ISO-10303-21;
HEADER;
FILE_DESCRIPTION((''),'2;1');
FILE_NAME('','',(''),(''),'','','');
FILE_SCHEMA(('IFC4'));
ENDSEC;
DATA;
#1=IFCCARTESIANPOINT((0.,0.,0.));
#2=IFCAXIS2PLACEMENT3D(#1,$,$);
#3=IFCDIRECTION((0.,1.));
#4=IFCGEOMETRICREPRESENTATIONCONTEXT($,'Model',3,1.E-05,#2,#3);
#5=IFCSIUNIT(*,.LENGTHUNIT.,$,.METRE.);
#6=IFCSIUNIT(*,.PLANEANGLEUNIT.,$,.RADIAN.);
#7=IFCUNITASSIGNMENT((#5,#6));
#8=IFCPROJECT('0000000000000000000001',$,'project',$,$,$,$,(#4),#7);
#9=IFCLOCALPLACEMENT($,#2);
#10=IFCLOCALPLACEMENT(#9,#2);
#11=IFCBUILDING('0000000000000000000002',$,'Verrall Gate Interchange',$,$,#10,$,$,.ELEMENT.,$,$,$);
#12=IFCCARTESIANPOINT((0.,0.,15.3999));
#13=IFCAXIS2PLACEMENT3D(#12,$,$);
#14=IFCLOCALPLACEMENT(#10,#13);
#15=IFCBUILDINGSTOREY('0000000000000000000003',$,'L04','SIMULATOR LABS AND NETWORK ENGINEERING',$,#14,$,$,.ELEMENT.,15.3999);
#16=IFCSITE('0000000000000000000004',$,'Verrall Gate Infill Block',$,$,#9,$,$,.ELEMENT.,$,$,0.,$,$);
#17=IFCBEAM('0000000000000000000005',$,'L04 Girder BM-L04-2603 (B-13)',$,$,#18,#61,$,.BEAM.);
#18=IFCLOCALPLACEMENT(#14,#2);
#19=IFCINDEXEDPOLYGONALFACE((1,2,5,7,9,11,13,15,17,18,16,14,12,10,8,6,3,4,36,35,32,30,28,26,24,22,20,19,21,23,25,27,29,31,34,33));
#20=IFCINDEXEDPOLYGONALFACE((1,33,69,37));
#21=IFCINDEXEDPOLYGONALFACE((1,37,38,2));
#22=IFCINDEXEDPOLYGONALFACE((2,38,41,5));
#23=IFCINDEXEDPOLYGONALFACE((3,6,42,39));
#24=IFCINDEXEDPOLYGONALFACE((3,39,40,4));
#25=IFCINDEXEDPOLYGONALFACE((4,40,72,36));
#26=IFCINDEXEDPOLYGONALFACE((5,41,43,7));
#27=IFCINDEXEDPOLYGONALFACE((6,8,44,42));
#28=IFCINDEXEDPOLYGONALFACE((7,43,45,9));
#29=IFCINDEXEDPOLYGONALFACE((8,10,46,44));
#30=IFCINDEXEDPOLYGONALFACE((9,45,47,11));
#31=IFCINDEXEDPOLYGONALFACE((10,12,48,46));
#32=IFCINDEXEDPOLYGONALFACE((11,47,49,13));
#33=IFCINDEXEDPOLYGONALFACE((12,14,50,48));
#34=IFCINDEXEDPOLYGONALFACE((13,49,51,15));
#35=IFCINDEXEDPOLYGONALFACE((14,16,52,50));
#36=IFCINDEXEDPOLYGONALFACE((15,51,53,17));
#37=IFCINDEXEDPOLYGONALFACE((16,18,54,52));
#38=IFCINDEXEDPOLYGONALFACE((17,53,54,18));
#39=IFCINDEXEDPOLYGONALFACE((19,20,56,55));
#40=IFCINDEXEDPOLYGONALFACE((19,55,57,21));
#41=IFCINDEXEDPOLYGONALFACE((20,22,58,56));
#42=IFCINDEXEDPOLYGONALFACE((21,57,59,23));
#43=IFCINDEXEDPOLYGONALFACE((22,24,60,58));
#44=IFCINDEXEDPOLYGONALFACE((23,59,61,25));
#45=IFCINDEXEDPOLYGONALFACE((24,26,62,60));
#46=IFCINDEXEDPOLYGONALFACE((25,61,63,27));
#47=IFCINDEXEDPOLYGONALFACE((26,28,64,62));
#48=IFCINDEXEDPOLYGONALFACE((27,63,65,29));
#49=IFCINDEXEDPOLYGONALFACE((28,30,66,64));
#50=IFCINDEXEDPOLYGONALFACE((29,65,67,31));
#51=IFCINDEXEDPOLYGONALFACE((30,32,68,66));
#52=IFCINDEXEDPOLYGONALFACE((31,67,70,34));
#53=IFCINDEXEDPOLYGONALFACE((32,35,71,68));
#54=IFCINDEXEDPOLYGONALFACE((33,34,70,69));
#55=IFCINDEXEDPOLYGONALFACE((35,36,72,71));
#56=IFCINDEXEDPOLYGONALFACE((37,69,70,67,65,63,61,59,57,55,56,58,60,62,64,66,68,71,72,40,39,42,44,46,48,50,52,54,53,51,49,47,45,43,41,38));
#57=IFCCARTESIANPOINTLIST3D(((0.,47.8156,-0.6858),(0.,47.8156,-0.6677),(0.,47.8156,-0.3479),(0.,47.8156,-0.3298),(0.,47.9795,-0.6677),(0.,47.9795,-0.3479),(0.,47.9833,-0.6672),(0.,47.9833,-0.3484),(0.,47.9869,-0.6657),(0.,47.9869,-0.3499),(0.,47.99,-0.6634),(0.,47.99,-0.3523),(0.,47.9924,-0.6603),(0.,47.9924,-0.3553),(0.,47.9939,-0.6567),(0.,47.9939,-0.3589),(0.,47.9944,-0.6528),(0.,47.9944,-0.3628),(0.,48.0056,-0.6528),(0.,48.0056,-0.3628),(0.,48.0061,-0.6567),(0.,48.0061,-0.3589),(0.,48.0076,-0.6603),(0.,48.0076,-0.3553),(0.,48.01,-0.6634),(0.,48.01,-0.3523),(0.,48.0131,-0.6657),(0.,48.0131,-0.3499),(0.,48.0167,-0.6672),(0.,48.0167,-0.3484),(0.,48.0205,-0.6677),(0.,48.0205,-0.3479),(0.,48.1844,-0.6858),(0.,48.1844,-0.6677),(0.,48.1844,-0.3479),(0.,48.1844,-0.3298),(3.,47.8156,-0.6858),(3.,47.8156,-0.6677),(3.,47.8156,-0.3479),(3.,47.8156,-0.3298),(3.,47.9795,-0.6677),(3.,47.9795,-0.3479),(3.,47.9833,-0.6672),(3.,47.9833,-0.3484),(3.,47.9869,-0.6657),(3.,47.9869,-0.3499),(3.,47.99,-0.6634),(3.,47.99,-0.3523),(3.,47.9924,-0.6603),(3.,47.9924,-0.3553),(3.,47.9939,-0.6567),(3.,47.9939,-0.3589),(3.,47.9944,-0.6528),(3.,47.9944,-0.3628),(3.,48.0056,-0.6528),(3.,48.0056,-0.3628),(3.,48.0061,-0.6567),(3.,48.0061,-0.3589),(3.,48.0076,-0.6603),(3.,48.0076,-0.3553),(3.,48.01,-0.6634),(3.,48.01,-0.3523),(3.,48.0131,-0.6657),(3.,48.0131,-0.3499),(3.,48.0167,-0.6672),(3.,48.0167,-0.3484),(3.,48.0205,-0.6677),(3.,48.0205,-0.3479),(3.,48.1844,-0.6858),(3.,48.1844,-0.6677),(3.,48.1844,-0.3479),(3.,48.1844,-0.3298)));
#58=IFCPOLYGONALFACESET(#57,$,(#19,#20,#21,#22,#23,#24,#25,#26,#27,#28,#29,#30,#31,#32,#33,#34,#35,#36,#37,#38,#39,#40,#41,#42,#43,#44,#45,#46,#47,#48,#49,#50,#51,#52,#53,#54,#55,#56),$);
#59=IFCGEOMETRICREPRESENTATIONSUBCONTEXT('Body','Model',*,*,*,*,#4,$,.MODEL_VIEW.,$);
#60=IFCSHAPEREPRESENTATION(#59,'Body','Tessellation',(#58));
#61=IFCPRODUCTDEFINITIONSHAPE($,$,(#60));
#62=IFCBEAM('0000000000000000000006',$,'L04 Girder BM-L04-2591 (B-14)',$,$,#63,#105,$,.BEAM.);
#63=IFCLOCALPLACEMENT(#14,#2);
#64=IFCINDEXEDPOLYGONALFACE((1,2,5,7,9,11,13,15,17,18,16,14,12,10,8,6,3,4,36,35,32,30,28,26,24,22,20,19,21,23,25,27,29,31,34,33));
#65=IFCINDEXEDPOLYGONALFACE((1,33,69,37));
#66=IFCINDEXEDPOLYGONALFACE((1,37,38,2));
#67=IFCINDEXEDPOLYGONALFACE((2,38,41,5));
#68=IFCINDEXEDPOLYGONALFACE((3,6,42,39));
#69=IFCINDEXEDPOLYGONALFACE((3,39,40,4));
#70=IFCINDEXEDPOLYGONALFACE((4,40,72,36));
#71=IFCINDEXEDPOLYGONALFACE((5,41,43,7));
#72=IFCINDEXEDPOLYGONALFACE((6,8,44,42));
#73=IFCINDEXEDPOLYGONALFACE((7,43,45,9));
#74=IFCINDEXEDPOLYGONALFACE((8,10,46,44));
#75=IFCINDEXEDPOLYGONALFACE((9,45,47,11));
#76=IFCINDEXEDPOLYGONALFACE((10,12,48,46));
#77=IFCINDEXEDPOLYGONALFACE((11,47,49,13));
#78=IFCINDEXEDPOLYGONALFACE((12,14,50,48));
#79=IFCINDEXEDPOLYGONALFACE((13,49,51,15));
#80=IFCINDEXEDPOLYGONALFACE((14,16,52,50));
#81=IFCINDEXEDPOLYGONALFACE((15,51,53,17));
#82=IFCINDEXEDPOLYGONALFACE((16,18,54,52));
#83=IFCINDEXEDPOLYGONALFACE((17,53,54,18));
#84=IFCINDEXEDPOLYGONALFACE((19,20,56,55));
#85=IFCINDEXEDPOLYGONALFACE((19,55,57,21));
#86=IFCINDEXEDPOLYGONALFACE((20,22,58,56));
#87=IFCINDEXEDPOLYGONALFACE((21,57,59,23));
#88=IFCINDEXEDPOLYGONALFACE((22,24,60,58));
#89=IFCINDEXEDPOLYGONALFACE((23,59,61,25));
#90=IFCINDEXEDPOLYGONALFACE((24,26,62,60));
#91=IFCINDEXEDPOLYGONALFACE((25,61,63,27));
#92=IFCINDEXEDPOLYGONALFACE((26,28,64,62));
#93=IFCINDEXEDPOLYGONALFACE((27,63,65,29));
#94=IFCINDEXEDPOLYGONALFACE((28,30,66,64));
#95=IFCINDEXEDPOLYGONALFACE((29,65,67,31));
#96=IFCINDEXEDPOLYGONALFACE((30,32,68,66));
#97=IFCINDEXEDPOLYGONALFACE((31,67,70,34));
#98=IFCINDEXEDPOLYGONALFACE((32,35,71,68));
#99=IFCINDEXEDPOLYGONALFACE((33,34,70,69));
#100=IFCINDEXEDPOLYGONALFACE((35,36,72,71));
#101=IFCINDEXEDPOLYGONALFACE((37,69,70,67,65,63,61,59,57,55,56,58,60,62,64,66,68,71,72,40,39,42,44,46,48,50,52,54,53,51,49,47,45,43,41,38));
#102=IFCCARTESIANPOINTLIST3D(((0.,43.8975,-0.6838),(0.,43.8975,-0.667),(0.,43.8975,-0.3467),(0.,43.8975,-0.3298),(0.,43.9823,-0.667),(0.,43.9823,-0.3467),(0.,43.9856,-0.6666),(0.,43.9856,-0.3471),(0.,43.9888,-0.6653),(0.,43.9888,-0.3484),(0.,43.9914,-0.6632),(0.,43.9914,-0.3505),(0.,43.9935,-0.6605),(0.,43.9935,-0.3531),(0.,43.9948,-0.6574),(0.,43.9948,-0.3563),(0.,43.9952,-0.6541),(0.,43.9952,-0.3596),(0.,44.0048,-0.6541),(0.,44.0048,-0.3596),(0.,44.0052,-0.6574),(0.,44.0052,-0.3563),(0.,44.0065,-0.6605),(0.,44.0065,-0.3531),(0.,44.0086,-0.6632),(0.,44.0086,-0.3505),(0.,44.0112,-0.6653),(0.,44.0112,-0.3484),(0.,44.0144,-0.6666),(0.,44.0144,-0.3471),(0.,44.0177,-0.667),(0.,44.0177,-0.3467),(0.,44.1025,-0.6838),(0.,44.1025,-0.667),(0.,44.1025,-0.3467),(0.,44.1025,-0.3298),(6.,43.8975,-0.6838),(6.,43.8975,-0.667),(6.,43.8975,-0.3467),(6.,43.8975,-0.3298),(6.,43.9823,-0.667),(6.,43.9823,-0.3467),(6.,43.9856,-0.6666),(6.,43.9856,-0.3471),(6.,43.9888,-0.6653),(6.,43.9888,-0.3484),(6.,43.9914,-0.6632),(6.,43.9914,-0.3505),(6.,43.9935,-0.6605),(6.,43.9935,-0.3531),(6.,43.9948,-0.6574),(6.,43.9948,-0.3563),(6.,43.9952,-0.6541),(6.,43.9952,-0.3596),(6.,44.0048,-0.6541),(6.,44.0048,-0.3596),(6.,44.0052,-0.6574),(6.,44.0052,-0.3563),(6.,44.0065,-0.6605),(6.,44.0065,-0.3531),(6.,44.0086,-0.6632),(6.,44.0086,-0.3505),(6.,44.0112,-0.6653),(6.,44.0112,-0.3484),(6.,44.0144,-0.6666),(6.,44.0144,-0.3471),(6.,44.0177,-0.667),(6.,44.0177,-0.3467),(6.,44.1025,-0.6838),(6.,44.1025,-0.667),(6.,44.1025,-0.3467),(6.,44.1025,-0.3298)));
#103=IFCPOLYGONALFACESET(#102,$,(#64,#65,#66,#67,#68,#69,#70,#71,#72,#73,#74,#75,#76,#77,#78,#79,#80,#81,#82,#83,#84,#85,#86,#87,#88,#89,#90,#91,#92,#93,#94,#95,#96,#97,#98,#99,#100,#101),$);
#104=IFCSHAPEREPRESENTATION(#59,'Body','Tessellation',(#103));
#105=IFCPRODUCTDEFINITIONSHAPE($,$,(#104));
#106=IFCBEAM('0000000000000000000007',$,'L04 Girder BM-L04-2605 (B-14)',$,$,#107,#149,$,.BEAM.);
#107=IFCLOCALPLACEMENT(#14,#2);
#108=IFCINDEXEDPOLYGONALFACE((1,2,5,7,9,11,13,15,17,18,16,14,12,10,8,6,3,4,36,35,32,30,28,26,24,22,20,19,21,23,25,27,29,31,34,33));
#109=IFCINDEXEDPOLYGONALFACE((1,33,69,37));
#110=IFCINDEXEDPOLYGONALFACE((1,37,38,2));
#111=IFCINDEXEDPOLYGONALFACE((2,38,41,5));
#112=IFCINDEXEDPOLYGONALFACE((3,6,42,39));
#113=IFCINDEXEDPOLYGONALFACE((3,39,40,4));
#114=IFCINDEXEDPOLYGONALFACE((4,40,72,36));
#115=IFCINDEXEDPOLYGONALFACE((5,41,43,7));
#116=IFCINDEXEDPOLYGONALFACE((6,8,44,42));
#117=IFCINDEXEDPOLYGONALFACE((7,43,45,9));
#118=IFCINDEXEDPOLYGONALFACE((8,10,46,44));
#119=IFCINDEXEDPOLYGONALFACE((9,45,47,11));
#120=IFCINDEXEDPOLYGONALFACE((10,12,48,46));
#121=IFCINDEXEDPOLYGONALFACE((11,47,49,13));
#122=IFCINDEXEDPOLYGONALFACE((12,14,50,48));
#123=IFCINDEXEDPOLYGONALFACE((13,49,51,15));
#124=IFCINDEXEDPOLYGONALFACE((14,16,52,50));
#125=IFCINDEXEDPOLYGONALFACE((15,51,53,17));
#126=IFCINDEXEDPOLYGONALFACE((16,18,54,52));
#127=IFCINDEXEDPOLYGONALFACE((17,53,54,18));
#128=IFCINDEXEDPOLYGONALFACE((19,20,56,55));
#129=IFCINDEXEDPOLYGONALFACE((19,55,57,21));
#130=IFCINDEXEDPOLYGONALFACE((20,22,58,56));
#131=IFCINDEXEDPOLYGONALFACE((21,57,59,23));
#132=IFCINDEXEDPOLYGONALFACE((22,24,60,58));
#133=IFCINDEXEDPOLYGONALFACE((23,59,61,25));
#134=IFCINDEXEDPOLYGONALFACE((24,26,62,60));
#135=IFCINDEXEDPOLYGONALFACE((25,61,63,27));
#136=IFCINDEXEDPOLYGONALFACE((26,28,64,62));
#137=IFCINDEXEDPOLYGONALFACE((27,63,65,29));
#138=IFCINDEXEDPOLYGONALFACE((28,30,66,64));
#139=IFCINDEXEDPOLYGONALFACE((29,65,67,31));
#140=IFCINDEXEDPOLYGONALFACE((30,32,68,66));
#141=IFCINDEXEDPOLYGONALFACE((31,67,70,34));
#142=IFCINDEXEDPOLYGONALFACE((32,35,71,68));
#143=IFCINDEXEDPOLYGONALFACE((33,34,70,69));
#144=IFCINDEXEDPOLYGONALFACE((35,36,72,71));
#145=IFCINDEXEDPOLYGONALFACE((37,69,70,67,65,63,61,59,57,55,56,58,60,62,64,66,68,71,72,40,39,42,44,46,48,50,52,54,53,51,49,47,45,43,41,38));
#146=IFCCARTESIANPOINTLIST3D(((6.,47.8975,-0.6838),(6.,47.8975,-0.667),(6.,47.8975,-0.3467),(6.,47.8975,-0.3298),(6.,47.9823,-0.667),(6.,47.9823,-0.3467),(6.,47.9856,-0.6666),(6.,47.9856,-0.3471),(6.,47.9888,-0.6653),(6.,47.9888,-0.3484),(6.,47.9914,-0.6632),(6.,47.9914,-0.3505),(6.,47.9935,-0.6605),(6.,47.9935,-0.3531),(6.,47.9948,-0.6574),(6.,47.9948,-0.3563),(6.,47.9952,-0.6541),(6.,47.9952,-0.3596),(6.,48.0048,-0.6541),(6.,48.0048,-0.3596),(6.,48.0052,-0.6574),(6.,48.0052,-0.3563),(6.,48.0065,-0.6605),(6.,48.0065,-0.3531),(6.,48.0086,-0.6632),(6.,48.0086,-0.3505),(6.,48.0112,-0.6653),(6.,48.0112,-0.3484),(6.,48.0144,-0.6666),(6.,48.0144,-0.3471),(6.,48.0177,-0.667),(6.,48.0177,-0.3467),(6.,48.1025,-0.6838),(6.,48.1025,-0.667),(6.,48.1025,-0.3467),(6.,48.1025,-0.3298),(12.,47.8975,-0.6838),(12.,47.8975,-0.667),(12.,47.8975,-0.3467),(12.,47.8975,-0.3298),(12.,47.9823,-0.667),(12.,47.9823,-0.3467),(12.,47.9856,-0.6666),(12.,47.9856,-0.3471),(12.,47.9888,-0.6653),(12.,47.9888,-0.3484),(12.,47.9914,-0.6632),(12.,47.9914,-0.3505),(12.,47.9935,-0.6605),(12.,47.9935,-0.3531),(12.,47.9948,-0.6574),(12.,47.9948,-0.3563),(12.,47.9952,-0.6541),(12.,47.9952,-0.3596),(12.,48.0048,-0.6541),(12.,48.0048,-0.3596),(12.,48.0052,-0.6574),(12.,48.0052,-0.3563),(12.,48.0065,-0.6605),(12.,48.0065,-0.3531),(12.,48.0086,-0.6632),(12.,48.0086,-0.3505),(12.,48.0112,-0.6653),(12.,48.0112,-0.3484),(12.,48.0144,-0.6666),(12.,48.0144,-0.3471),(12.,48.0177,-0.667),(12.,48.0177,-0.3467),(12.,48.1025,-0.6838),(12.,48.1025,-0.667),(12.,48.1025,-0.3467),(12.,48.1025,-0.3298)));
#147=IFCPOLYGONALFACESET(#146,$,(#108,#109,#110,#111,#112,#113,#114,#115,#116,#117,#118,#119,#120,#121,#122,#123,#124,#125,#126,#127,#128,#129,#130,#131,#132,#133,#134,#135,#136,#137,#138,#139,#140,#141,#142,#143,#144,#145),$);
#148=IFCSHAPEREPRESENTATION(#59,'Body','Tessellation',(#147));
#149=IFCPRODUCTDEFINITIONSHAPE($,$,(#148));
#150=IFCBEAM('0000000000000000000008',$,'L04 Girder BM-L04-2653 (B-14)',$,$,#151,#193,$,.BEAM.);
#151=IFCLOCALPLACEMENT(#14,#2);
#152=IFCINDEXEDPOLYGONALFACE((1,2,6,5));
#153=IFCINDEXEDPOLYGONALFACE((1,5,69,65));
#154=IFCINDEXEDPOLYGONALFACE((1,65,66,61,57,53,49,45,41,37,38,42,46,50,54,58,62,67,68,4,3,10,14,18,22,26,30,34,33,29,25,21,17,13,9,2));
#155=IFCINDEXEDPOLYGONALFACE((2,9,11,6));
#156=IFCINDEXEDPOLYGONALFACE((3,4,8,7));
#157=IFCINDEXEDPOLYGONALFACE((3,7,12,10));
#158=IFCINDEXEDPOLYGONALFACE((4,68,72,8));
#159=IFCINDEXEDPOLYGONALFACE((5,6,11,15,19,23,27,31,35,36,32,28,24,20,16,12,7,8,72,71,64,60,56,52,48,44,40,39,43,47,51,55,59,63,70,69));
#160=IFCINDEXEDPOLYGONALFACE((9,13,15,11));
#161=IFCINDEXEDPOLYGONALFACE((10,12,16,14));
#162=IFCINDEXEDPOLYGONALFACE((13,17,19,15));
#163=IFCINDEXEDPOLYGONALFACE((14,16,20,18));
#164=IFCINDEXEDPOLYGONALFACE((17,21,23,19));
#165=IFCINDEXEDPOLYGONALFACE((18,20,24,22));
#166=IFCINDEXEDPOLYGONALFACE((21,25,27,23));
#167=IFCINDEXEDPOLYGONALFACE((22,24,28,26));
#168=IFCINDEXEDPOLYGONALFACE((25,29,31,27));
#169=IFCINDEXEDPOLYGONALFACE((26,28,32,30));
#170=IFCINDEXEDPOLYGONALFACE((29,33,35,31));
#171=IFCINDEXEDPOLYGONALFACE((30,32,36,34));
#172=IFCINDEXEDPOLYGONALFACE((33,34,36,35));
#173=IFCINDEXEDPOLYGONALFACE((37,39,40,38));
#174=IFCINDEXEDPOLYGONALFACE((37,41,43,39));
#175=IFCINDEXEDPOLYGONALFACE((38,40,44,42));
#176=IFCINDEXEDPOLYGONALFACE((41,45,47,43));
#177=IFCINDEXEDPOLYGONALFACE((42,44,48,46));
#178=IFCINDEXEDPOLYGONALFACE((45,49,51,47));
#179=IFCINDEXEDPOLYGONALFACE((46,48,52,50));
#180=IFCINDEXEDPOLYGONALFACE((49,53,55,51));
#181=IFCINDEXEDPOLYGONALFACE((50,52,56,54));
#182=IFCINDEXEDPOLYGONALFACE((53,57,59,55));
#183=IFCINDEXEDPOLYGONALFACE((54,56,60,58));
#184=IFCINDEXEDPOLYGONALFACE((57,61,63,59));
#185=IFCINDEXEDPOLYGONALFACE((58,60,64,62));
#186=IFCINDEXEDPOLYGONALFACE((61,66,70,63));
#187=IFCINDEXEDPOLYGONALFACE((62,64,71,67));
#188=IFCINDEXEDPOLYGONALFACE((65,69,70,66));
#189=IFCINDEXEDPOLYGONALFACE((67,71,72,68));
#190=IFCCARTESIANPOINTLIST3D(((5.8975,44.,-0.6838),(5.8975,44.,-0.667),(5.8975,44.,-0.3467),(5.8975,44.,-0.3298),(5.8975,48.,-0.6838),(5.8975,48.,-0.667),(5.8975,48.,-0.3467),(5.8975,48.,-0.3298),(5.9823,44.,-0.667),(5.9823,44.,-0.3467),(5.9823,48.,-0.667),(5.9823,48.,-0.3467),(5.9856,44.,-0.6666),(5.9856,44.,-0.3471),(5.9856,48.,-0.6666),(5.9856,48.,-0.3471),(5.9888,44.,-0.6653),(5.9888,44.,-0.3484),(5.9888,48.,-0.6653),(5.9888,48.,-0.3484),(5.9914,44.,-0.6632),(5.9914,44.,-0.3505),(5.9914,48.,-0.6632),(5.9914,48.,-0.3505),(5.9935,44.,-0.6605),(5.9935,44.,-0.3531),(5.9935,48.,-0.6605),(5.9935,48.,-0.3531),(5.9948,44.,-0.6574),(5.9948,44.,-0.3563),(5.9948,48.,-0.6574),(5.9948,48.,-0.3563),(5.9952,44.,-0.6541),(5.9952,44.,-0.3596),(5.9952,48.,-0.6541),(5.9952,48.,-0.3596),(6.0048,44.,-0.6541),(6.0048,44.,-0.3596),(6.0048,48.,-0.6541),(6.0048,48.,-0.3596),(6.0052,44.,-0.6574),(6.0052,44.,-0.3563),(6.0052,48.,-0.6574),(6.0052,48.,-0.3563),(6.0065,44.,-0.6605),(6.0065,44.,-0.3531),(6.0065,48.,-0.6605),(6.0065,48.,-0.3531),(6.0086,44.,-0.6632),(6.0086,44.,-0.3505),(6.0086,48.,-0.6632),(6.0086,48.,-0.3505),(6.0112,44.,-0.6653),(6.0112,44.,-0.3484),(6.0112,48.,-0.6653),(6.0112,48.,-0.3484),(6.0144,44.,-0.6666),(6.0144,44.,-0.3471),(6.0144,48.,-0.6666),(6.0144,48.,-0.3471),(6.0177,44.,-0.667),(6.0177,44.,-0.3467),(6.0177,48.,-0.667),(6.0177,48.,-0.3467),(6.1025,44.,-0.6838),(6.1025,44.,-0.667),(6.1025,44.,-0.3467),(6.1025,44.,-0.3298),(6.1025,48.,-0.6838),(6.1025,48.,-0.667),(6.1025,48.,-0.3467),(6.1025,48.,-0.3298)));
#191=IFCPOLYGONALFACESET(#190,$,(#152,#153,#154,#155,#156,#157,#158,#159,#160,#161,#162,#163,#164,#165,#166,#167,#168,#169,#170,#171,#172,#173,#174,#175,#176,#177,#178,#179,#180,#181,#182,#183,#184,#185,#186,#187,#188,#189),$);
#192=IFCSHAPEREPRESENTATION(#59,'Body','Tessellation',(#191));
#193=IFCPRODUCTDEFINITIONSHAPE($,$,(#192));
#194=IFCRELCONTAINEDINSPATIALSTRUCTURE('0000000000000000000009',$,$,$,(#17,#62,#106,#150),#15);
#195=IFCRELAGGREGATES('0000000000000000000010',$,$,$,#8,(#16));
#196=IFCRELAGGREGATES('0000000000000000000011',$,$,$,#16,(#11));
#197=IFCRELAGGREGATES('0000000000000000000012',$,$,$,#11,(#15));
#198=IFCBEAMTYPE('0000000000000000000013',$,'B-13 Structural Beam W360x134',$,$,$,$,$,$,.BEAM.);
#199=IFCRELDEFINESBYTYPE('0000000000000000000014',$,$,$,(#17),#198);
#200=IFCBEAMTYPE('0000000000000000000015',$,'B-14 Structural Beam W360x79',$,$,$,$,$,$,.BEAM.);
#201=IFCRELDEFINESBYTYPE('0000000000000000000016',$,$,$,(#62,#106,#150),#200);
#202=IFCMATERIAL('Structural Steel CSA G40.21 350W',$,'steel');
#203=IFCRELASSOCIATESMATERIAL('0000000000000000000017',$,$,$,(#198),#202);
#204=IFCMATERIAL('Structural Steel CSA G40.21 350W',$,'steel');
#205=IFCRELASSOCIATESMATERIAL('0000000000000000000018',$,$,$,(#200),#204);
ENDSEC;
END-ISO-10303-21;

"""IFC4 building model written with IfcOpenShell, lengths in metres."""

from ifc_helpers import new_model, si_unit, direction, frame, origin, origin_2d, place, context, subcontext, project, spatial, i_section, extrude, material, material_profile, profile_set, type_object, element, save


model = new_model("IFC4")

# Units and contexts
model_context = context("Model", 3, precision=1e-05, world=origin(), true_north=direction((0.0, 1.0)))
body_context = subcontext(model_context, "Body", "Model", "MODEL_VIEW")
ifc_project = project(units=[si_unit("LENGTHUNIT", "METRE"), si_unit("PLANEANGLEUNIT", "RADIAN")], contexts=[model_context])

# Site, building, storey
site_placement = place(None, origin())
site = spatial("IfcSite", under=ifc_project, at=site_placement, Name="Verrall Gate Infill Block", CompositionType="ELEMENT", RefElevation=0.0)
building_placement = place(site_placement, origin())
building = spatial("IfcBuilding", under=site, at=building_placement, Name="Verrall Gate Interchange", CompositionType="ELEMENT")
storey_placement = place(building_placement, frame((0.0, 0.0, 15.3999)))
storey = spatial("IfcBuildingStorey", under=building, at=storey_placement, Name="L04", Description="SIMULATOR LABS AND NETWORK ENGINEERING", CompositionType="ELEMENT", Elevation=15.3999)

# Beams
ifc_material_1 = material(Name="Structural Steel CSA G40.21 350W", Category="steel")
ifc_material_profile_1 = material_profile(ifc_material_1, i_section(OverallWidth=0.3689, OverallDepth=0.356, WebThickness=0.0112, FlangeThickness=0.0181, FilletRadius=0.0149, at=origin_2d()), Name="W360x134")
ifc_profile_set_1 = profile_set([ifc_material_profile_1], Name="Structural Steel CSA G40.21 350W")
beam_type_1 = type_object("IfcBeamType", Name="B-13 Structural Beam W360x134", PredefinedType="BEAM", material=ifc_profile_set_1)
beam_1_placement = place(storey_placement, frame((0.0, 48.0, -0.5078), z_axis=(1.0, 0.0, 0.0), x_axis=(0.0, 1.0, 0.0)))
element("IfcBeam", 1, at=beam_1_placement, inside=storey, type_object=beam_type_1, Name="L04 Girder BM-L04-2603 (B-13)", PredefinedType="BEAM", context=body_context, shape_type="SweptSolid", body=[
    extrude(i_section(OverallWidth=0.3689, OverallDepth=0.356, WebThickness=0.0112, FlangeThickness=0.0181, FilletRadius=0.0149, at=origin_2d()), origin(), (0.0, 0.0, 1.0), 3.0),
])
ifc_material_2 = material(Name="Structural Steel CSA G40.21 350W", Category="steel")
ifc_material_profile_2 = material_profile(ifc_material_2, i_section(OverallWidth=0.2051, OverallDepth=0.354, WebThickness=0.0095, FlangeThickness=0.0168, FilletRadius=0.0129, at=origin_2d()), Name="W360x79")
ifc_profile_set_2 = profile_set([ifc_material_profile_2], Name="Structural Steel CSA G40.21 350W")
beam_type_2 = type_object("IfcBeamType", Name="B-14 Structural Beam W360x79", PredefinedType="BEAM", material=ifc_profile_set_2)
for number, where, z_axis, x_axis, name in (
    (2, (0.0, 44.0, -0.5068), (1.0, 0.0, 0.0), (0.0, 1.0, 0.0), "L04 Girder BM-L04-2591 (B-14)"),
    (3, (6.0, 48.0, -0.5068), (1.0, 0.0, 0.0), (0.0, 1.0, 0.0), "L04 Girder BM-L04-2605 (B-14)"),
):
    element("IfcBeam", number, at=place(storey_placement, frame(where, z_axis=z_axis, x_axis=x_axis)), inside=storey, type_object=beam_type_2, Name=name, PredefinedType="BEAM", context=body_context, shape_type="SweptSolid", body=[
        extrude(i_section(OverallWidth=0.2051, OverallDepth=0.354, WebThickness=0.0095, FlangeThickness=0.0168, FilletRadius=0.0129, at=origin_2d()), origin(), (0.0, 0.0, 1.0), 6.0),
    ])
beam_2_placement = place(storey_placement, frame((6.0, 44.0, -0.5068), z_axis=(0.0, 1.0, 0.0), x_axis=(-1.0, 0.0, 0.0)))
element("IfcBeam", 4, at=beam_2_placement, inside=storey, type_object=beam_type_2, Name="L04 Girder BM-L04-2653 (B-14)", PredefinedType="BEAM", context=body_context, shape_type="SweptSolid", body=[
    extrude(i_section(OverallWidth=0.2051, OverallDepth=0.354, WebThickness=0.0095, FlangeThickness=0.0168, FilletRadius=0.0129, at=origin_2d()), origin(), (0.0, 0.0, 1.0), 4.0),
])

save(model, "model.ifc")
